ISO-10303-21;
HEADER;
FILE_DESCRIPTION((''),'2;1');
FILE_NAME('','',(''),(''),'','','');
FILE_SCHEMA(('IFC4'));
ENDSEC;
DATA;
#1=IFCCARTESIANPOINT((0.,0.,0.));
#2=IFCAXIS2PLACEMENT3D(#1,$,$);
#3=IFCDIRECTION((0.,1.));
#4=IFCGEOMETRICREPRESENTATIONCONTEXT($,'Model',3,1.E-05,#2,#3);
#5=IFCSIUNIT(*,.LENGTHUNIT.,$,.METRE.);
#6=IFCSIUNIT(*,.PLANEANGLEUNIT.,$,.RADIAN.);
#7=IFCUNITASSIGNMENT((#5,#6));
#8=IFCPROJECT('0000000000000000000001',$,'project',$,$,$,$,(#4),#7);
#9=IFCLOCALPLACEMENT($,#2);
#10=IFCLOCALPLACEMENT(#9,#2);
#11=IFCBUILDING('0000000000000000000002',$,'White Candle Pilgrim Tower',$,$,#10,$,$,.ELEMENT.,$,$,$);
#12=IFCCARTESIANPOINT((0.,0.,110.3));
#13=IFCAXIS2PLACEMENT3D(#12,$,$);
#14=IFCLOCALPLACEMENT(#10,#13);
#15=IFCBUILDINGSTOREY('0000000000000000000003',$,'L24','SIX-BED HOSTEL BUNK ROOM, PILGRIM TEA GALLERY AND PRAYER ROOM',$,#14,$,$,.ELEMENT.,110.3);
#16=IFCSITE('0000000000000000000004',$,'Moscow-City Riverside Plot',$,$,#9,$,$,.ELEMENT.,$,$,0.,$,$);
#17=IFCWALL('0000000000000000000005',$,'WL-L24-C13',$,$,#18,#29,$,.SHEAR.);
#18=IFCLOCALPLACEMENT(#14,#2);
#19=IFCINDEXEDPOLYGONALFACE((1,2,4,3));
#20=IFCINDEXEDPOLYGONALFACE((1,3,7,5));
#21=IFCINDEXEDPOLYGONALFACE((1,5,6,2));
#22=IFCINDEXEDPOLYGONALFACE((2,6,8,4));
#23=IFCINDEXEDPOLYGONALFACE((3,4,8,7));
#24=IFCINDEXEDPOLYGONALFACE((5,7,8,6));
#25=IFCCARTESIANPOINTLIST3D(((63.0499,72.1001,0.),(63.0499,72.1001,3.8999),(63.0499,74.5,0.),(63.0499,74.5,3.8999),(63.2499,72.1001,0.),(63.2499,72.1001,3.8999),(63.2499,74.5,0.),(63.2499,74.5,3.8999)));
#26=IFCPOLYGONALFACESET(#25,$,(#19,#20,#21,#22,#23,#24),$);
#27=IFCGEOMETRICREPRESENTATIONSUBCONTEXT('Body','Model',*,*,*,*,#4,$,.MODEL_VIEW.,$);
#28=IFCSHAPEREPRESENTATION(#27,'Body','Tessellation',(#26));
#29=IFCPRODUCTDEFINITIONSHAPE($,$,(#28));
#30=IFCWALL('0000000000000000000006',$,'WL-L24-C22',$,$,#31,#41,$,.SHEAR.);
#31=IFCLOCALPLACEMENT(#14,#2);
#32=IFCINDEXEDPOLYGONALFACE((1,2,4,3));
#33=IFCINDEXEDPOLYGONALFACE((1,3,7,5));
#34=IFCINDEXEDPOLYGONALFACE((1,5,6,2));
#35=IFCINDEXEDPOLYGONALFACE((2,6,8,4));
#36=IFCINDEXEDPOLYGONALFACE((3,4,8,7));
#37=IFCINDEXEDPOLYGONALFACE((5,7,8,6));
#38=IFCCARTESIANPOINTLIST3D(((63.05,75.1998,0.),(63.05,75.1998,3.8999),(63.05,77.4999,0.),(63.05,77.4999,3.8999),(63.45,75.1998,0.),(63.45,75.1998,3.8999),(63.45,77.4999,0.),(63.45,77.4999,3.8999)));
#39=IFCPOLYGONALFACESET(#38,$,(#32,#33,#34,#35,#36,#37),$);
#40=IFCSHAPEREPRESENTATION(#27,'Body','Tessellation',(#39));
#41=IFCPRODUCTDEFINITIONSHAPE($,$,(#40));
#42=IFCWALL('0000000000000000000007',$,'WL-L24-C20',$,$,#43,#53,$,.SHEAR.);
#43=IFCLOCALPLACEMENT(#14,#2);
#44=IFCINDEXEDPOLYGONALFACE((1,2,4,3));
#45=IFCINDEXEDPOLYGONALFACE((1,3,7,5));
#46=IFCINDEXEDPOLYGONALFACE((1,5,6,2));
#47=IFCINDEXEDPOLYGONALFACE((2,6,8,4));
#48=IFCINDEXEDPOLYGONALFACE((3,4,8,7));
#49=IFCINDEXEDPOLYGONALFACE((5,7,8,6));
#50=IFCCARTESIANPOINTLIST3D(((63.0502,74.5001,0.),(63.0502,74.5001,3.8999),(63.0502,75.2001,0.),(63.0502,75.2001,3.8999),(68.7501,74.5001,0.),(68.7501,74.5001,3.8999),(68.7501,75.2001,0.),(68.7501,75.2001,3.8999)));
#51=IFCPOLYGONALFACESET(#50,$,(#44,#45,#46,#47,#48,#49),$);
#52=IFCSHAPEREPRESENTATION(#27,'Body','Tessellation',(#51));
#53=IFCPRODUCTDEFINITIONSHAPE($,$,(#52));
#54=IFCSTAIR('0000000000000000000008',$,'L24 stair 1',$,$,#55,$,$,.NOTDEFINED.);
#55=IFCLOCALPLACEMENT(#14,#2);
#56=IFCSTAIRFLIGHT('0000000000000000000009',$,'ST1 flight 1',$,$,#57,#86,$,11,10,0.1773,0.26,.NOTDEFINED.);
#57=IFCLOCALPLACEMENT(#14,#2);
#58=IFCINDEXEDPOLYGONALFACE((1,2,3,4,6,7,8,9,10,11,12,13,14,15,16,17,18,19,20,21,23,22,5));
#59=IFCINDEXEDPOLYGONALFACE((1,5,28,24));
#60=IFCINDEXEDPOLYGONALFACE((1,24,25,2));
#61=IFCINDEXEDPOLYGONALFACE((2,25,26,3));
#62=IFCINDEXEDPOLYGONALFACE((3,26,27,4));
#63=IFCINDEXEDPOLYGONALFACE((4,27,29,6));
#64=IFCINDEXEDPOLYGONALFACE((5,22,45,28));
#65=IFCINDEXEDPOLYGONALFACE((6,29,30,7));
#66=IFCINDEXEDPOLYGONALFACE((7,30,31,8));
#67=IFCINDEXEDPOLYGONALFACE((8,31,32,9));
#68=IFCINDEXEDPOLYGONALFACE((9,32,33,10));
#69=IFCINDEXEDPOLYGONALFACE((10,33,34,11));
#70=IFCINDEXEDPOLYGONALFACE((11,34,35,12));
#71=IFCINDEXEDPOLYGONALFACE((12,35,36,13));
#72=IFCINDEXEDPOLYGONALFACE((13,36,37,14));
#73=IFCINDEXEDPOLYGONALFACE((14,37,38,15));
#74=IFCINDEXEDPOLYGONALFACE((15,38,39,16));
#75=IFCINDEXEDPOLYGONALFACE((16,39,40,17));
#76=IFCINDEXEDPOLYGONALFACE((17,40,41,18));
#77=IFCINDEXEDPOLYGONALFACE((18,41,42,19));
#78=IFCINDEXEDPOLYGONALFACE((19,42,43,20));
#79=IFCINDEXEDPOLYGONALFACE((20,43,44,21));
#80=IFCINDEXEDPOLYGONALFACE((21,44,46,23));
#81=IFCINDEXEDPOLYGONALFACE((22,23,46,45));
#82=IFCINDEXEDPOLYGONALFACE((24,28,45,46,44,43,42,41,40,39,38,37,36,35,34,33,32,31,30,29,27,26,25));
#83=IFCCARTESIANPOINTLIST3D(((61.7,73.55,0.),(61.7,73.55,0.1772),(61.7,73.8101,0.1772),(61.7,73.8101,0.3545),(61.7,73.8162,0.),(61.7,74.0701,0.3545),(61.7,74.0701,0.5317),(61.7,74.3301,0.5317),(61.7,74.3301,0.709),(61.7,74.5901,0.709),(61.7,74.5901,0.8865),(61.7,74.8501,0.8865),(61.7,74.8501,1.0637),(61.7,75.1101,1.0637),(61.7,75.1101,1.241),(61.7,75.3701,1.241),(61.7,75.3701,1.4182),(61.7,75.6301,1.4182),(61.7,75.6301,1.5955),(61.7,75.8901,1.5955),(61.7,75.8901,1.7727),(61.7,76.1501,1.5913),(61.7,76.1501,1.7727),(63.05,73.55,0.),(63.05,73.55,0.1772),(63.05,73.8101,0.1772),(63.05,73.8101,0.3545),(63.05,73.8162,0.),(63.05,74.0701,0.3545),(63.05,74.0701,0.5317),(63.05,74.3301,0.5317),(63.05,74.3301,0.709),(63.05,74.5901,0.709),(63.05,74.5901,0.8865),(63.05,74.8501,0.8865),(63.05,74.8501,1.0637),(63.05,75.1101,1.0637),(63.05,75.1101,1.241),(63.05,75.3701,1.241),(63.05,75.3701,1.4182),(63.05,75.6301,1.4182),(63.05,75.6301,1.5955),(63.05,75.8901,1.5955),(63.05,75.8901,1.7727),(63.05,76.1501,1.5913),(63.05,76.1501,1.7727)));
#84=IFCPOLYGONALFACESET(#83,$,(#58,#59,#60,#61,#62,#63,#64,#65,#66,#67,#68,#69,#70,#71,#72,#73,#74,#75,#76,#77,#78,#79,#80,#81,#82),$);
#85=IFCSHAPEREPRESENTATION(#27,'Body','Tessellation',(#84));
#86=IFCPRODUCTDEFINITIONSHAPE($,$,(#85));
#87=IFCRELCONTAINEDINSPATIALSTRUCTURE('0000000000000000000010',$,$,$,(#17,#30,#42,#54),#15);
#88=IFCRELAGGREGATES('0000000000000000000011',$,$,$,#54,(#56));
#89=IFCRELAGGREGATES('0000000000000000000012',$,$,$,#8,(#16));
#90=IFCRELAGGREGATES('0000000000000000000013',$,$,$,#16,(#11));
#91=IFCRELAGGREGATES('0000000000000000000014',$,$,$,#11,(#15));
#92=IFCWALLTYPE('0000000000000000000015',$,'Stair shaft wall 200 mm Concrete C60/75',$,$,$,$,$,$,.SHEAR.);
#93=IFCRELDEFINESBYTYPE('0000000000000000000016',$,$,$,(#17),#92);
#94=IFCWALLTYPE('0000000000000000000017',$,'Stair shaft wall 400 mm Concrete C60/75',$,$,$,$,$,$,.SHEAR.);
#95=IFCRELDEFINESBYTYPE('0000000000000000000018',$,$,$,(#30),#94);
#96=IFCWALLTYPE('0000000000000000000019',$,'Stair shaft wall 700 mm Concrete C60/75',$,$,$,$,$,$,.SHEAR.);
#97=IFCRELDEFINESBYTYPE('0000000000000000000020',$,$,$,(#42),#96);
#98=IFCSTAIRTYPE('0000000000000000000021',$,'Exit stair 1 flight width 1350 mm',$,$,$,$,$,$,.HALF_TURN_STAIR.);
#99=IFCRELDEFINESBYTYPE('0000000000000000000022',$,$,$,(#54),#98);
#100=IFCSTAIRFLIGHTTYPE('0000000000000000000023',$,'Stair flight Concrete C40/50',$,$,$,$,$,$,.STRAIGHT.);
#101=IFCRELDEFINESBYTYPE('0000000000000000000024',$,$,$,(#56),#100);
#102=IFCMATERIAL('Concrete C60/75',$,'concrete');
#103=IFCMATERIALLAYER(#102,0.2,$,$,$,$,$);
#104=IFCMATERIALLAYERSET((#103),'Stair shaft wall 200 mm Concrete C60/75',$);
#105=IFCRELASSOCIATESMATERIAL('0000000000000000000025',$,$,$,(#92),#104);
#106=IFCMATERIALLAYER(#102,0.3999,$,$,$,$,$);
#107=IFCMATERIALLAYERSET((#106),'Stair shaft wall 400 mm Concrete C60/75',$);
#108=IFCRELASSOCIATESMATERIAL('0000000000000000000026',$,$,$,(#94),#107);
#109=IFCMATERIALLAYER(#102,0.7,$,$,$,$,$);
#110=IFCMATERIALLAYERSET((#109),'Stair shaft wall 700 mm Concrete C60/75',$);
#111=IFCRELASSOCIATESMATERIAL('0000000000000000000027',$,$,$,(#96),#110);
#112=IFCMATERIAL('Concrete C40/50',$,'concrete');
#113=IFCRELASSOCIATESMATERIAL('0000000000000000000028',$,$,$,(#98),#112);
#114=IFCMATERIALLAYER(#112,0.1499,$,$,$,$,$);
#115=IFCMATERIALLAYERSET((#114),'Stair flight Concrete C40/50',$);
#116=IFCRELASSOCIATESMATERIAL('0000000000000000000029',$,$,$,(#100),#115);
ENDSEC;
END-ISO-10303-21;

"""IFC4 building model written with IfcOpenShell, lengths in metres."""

from ifc_helpers import new_model, si_unit, direction, frame, frame_2d, origin, place, context, subcontext, project, spatial, polyline, rectangle, outline, extrude, material, layer, layer_set, type_object, element, aggregate, save


model = new_model("IFC4")

# Units and contexts
model_context = context("Model", 3, precision=1e-05, world=origin(), true_north=direction((0.0, 1.0)))
body_context = subcontext(model_context, "Body", "Model", "MODEL_VIEW")
ifc_project = project(units=[si_unit("LENGTHUNIT", "METRE"), si_unit("PLANEANGLEUNIT", "RADIAN")], contexts=[model_context])

# Site, building, storey
site_placement = place(None, origin())
site = spatial("IfcSite", under=ifc_project, at=site_placement, Name="Moscow-City Riverside Plot", CompositionType="ELEMENT", RefElevation=0.0)
building_placement = place(site_placement, origin())
building = spatial("IfcBuilding", under=site, at=building_placement, Name="White Candle Pilgrim Tower", CompositionType="ELEMENT")
storey_placement = place(building_placement, frame((0.0, 0.0, 110.3)))
storey = spatial("IfcBuildingStorey", under=building, at=storey_placement, Name="L24", Description="SIX-BED HOSTEL BUNK ROOM, PILGRIM TEA GALLERY AND PRAYER ROOM", CompositionType="ELEMENT", Elevation=110.3)

# Shared definitions
ifc_material_1 = material(Name="Concrete C60/75", Category="concrete")

# Walls
ifc_layer_1 = layer(ifc_material_1, 0.2)
ifc_layer_set_1 = layer_set([ifc_layer_1], Name="Stair shaft wall 200 mm Concrete C60/75")
wall_type_1 = type_object("IfcWallType", Name="Stair shaft wall 200 mm Concrete C60/75", PredefinedType="SHEAR", material=ifc_layer_set_1)
wall_1_placement = place(storey_placement, frame((63.1499, 72.1001, 0.0), z_axis=(0.0, 0.0, 1.0), x_axis=(0.0, 1.0, 0.0)))
element("IfcWall", 1, at=wall_1_placement, inside=storey, type_object=wall_type_1, Name="WL-L24-C13", PredefinedType="SHEAR", context=body_context, shape_type="SweptSolid", body=[
    extrude(rectangle(XDim=2.3999, YDim=0.2, at=frame_2d((1.2, 0.0))), origin(), (0.0, 0.0, 1.0), 3.8999),
])
ifc_layer_2 = layer(ifc_material_1, 0.3999)
ifc_layer_set_2 = layer_set([ifc_layer_2], Name="Stair shaft wall 400 mm Concrete C60/75")
wall_type_2 = type_object("IfcWallType", Name="Stair shaft wall 400 mm Concrete C60/75", PredefinedType="SHEAR", material=ifc_layer_set_2)
wall_2_placement = place(storey_placement, frame((63.25, 75.2, 0.0), z_axis=(0.0, 0.0, 1.0), x_axis=(0.0, 1.0, 0.0)))
element("IfcWall", 2, at=wall_2_placement, inside=storey, type_object=wall_type_2, Name="WL-L24-C22", PredefinedType="SHEAR", context=body_context, shape_type="SweptSolid", body=[
    extrude(rectangle(XDim=2.3, YDim=0.3999, at=frame_2d((1.1499, 0.0))), origin(), (0.0, 0.0, 1.0), 3.8999),
])
ifc_layer_3 = layer(ifc_material_1, 0.7)
ifc_layer_set_3 = layer_set([ifc_layer_3], Name="Stair shaft wall 700 mm Concrete C60/75")
wall_type_3 = type_object("IfcWallType", Name="Stair shaft wall 700 mm Concrete C60/75", PredefinedType="SHEAR", material=ifc_layer_set_3)
wall_3_placement = place(storey_placement, frame((63.05, 74.8501, 0.0), z_axis=(0.0, 0.0, 1.0), x_axis=(1.0, 0.0, 0.0)))
element("IfcWall", 3, at=wall_3_placement, inside=storey, type_object=wall_type_3, Name="WL-L24-C20", PredefinedType="SHEAR", context=body_context, shape_type="SweptSolid", body=[
    extrude(rectangle(XDim=5.7, YDim=0.7, at=frame_2d((2.8501, 0.0))), origin(), (0.0, 0.0, 1.0), 3.8999),
])

# Stair, stair flight
ifc_material_2 = material(Name="Concrete C40/50", Category="concrete")
stair_type = type_object("IfcStairType", Name="Exit stair 1 flight width 1350 mm", PredefinedType="HALF_TURN_STAIR", material=ifc_material_2)
stair_placement = place(storey_placement, origin())
stair = element("IfcStair", 4, at=stair_placement, inside=storey, type_object=stair_type, Name="L24 stair 1", PredefinedType="NOTDEFINED")
ifc_layer_4 = layer(ifc_material_2, 0.1499)
ifc_layer_set_4 = layer_set([ifc_layer_4], Name="Stair flight Concrete C40/50")
stair_flight_type = type_object("IfcStairFlightType", Name="Stair flight Concrete C40/50", PredefinedType="STRAIGHT", material=ifc_layer_set_4)
stair_flight_placement = place(storey_placement, frame((62.375, 73.55, 0.0), z_axis=(0.0, 0.0, 1.0), x_axis=(0.0, 1.0, 0.0)))
stair_flight = element("IfcStairFlight", 5, at=stair_flight_placement, type_object=stair_flight_type, Name="ST1 flight 1", NumberOfRisers=11, NumberOfTreads=10, PredefinedType="NOTDEFINED", RiserHeight=0.1773, TreadLength=0.26, context=body_context, shape_type="SweptSolid", body=[
    extrude(outline(polyline([(0.0, 0.0), (0.0, 0.1772), (0.26, 0.1772), (0.26, 0.3545), (0.52, 0.3545), (0.52, 0.5317), (0.78, 0.5317), (0.78, 0.709), (1.04, 0.709), (1.04, 0.8865), (1.3, 0.8865), (1.3, 1.0637), (1.5601, 1.0637), (1.5601, 1.241), (1.8201, 1.241), (1.8201, 1.4182), (2.0801, 1.4182), (2.0801, 1.5955), (2.3401, 1.5955), (2.3401, 1.7727), (2.6001, 1.7727), (2.6001, 1.95), (2.6001, 1.5913), (0.2661, 0.0), (0.0, 0.0)])), frame((0.0, 0.675, 0.0), z_axis=(0.0, -1.0, 0.0), x_axis=(1.0, 0.0, 0.0)), (0.0, 0.0, 1.0), 1.3501),
])
aggregate(stair, [stair_flight])

save(model, "model.ifc")
